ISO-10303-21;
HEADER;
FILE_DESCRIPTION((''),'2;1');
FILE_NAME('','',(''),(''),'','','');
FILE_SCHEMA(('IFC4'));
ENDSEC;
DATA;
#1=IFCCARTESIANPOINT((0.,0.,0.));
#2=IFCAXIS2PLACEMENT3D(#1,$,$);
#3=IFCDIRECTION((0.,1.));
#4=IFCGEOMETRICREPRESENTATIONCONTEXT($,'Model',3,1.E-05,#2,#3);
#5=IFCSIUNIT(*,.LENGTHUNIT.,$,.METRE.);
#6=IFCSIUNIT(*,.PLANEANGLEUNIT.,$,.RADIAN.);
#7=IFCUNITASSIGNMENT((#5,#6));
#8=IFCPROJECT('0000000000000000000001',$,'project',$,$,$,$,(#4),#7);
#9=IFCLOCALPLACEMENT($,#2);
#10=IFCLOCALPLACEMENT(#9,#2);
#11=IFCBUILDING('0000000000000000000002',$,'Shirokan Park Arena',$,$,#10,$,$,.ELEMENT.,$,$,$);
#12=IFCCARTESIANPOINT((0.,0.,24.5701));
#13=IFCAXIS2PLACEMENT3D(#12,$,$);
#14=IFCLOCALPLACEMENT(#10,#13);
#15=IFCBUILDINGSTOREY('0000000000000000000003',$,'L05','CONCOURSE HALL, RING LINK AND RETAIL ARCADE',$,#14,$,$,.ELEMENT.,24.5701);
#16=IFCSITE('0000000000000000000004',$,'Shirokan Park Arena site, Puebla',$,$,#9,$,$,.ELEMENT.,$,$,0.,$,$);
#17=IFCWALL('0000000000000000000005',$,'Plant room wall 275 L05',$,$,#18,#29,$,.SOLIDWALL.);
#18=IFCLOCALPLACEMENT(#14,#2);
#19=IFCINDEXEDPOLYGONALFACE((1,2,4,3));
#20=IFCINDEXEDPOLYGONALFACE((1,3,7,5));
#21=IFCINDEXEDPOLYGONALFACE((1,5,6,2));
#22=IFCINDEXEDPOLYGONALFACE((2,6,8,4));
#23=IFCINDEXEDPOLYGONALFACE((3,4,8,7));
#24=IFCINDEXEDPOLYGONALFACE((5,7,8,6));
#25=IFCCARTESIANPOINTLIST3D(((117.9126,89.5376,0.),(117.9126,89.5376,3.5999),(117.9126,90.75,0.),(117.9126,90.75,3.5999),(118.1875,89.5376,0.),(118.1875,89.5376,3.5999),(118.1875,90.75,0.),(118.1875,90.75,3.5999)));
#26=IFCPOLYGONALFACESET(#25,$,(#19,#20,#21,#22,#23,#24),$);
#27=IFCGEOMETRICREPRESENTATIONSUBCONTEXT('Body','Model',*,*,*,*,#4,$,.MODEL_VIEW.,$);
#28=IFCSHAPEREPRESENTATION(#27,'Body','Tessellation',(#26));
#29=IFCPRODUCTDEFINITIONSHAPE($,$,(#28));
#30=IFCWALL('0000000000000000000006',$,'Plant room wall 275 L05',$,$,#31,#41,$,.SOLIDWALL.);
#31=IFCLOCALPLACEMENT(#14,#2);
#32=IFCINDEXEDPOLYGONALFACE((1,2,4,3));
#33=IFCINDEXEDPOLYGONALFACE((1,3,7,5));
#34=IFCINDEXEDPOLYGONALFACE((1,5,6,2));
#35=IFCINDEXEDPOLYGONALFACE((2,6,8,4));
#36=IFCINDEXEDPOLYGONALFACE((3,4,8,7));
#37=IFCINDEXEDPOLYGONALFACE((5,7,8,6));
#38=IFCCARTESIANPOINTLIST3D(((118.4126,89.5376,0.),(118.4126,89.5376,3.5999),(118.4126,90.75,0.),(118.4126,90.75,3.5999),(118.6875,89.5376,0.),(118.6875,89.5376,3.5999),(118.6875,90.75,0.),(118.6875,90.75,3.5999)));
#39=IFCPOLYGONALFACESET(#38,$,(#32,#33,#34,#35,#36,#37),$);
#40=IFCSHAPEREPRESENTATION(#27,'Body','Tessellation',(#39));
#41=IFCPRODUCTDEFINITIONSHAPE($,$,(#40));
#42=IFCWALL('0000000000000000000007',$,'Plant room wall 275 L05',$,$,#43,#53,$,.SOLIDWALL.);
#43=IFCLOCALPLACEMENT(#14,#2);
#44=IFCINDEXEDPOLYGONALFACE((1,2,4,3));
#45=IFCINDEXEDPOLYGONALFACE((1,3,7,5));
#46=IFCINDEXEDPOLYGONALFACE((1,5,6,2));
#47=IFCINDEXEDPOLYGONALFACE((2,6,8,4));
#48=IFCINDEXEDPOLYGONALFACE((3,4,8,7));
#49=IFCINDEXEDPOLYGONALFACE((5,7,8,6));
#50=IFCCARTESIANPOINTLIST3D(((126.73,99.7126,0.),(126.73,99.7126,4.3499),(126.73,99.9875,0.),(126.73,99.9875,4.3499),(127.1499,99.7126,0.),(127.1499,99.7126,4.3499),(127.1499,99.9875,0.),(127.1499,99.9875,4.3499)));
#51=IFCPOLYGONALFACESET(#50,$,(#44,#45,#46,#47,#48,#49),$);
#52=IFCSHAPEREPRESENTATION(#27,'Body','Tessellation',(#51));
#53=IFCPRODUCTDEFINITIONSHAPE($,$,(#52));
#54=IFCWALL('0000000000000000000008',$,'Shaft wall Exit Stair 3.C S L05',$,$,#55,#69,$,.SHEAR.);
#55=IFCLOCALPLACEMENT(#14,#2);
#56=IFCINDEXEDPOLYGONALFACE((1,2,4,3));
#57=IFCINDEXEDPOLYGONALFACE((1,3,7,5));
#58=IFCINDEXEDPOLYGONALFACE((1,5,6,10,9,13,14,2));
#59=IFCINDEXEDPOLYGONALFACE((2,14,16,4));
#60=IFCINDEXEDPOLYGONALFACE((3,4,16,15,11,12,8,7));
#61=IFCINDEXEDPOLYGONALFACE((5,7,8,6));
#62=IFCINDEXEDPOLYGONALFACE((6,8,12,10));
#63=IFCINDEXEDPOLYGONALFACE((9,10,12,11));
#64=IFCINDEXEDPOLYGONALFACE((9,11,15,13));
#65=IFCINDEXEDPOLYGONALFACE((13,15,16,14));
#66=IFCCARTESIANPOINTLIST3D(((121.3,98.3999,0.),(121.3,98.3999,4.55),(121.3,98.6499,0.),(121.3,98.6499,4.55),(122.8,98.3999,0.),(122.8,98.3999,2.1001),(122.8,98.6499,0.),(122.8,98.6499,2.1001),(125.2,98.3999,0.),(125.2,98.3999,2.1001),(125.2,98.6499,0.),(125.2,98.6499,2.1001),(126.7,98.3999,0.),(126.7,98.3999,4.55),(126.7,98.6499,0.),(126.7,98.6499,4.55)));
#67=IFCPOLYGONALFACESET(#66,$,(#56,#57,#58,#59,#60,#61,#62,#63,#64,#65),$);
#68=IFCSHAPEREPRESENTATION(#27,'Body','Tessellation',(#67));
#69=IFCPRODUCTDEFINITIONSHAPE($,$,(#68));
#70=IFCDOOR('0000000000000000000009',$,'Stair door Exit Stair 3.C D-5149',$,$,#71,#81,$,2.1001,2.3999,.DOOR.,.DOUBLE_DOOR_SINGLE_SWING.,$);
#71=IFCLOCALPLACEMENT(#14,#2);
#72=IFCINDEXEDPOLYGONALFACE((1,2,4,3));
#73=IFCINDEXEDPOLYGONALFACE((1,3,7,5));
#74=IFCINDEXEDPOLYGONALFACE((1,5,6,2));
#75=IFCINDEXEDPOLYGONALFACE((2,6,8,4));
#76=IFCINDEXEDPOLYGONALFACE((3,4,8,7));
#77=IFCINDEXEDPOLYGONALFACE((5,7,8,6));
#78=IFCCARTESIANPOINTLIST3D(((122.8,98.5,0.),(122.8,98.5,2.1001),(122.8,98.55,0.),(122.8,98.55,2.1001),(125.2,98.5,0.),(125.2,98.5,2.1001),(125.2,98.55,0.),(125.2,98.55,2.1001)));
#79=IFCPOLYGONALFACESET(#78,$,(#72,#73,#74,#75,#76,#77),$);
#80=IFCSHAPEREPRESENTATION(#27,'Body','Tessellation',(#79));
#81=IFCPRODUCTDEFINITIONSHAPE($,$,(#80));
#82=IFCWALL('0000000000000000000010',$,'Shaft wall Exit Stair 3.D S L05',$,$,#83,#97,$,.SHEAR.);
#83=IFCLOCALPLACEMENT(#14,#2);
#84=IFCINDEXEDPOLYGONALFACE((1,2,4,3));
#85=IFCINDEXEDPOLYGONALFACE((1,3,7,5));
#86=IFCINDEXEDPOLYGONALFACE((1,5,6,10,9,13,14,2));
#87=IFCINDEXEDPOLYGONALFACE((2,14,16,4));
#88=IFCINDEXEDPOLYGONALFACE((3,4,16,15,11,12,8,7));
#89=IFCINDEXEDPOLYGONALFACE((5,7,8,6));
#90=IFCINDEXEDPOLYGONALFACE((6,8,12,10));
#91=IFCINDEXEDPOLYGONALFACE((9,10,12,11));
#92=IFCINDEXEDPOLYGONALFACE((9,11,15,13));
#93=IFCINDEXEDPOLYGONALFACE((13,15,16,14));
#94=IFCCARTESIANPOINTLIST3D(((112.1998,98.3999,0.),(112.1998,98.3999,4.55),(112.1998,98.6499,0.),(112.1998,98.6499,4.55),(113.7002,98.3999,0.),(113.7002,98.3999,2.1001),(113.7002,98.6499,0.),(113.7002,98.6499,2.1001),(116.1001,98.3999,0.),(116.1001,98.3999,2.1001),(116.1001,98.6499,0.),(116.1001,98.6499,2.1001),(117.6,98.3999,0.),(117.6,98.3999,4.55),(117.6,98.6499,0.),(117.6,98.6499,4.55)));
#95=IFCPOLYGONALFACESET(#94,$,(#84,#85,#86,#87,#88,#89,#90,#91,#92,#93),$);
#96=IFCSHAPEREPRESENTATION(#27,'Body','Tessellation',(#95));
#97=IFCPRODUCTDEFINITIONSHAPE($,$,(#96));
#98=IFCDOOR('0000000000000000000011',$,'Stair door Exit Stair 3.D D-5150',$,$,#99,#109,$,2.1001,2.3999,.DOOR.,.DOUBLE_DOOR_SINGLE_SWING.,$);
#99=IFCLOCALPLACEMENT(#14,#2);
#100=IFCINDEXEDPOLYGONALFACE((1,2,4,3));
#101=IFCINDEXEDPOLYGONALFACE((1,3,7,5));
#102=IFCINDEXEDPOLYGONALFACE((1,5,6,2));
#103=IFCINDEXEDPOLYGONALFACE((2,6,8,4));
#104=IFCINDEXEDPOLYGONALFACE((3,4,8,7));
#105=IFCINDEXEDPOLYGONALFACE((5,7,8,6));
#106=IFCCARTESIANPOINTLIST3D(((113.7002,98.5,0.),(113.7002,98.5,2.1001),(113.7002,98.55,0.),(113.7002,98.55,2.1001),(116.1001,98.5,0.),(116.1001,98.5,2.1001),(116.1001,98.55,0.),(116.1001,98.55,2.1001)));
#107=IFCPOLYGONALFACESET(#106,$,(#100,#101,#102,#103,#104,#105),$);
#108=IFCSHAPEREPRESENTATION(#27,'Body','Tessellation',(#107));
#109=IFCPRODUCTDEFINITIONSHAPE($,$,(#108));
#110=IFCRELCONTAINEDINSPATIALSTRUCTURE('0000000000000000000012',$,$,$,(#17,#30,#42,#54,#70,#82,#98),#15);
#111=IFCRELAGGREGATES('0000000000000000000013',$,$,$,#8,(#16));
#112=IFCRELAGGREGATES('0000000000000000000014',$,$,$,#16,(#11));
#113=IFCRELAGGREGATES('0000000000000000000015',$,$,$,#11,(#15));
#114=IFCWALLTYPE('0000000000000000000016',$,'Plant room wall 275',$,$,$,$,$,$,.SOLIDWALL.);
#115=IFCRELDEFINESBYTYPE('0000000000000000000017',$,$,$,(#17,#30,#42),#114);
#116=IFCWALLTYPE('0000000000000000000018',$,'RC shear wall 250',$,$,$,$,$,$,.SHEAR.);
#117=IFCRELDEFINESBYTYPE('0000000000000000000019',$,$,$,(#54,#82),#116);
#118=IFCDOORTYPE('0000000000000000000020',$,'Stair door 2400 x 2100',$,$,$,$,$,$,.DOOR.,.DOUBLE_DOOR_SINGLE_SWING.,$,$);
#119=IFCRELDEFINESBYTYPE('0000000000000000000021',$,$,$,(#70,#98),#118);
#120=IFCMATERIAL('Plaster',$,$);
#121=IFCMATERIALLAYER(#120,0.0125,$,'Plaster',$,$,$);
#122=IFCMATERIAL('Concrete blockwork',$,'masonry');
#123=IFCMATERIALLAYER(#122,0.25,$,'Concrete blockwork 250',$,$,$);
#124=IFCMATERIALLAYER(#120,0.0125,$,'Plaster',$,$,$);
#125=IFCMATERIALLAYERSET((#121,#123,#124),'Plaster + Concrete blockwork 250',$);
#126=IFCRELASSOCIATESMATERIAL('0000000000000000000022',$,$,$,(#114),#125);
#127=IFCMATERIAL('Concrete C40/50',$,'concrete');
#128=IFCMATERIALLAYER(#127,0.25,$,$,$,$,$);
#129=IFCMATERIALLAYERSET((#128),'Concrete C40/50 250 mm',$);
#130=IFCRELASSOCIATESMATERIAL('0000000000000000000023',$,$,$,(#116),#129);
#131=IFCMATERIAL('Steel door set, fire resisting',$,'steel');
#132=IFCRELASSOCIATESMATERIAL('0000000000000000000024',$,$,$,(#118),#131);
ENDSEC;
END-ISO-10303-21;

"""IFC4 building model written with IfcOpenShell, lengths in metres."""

from ifc_helpers import new_model, si_unit, direction, frame, frame_2d, origin, place, context, subcontext, project, spatial, rectangle, extrude, material, layer, layer_set, type_object, element, fill, save


model = new_model("IFC4")

# Units and contexts
model_context = context("Model", 3, precision=1e-05, world=origin(), true_north=direction((0.0, 1.0)))
body_context = subcontext(model_context, "Body", "Model", "MODEL_VIEW")
ifc_project = project(units=[si_unit("LENGTHUNIT", "METRE"), si_unit("PLANEANGLEUNIT", "RADIAN")], contexts=[model_context])

# Site, building, storey
site_placement = place(None, origin())
site = spatial("IfcSite", under=ifc_project, at=site_placement, Name="Shirokan Park Arena site, Puebla", CompositionType="ELEMENT", RefElevation=0.0)
building_placement = place(site_placement, origin())
building = spatial("IfcBuilding", under=site, at=building_placement, Name="Shirokan Park Arena", CompositionType="ELEMENT")
storey_placement = place(building_placement, frame((0.0, 0.0, 24.5701)))
storey = spatial("IfcBuildingStorey", under=building, at=storey_placement, Name="L05", Description="CONCOURSE HALL, RING LINK AND RETAIL ARCADE", CompositionType="ELEMENT", Elevation=24.5701)

# Shared definitions
ifc_material_1 = material(Name="Plaster")
ifc_material_2 = material(Name="Concrete blockwork", Category="masonry")

# Walls
ifc_layer_1 = layer(ifc_material_1, 0.0125, Name="Plaster")
ifc_layer_2 = layer(ifc_material_2, 0.25, Name="Concrete blockwork 250")
ifc_layer_3 = layer(ifc_material_1, 0.0125, Name="Plaster")
ifc_layer_set_1 = layer_set([ifc_layer_1, ifc_layer_2, ifc_layer_3], Name="Plaster + Concrete blockwork 250")
wall_type_1 = type_object("IfcWallType", Name="Plant room wall 275", PredefinedType="SOLIDWALL", material=ifc_layer_set_1)
for number, where, z_axis, x_axis, name in (
    (1, (118.05, 90.75, 0.0), (0.0, 0.0, 1.0), (0.0, -1.0, 0.0), "Plant room wall 275 L05"),
    (2, (118.55, 89.5376, 0.0), (0.0, 0.0, 1.0), (0.0, 1.0, 0.0), "Plant room wall 275 L05"),
):
    element("IfcWall", number, at=place(storey_placement, frame(where, z_axis=z_axis, x_axis=x_axis)), inside=storey, type_object=wall_type_1, Name=name, PredefinedType="SOLIDWALL", context=body_context, shape_type="SweptSolid", body=[
        extrude(rectangle(XDim=1.2124, YDim=0.2749, at=frame_2d((0.6062, 0.0))), origin(), (0.0, 0.0, 1.0), 3.5999),
    ])

# Wall
wall_1_placement = place(storey_placement, frame((126.73, 99.8501, 0.0), z_axis=(0.0, 0.0, 1.0), x_axis=(1.0, 0.0, 0.0)))
element("IfcWall", 3, at=wall_1_placement, inside=storey, type_object=wall_type_1, Name="Plant room wall 275 L05", PredefinedType="SOLIDWALL", context=body_context, shape_type="SweptSolid", body=[
    extrude(rectangle(XDim=0.4199, YDim=0.2749, at=frame_2d((0.21, 0.0))), origin(), (0.0, 0.0, 1.0), 4.3499),
])

# Walls, openings, doors
ifc_material_3 = material(Name="Concrete C40/50", Category="concrete")
ifc_layer_4 = layer(ifc_material_3, 0.25)
ifc_layer_set_2 = layer_set([ifc_layer_4], Name="Concrete C40/50 250 mm")
wall_type_2 = type_object("IfcWallType", Name="RC shear wall 250", PredefinedType="SHEAR", material=ifc_layer_set_2)
wall_2_placement = place(storey_placement, frame((126.7, 98.5249, 0.0), z_axis=(0.0, 0.0, 1.0), x_axis=(-1.0, 0.0, 0.0)))
wall_2 = element("IfcWall", 4, at=wall_2_placement, inside=storey, type_object=wall_type_2, Name="Shaft wall Exit Stair 3.C S L05", PredefinedType="SHEAR", context=body_context, shape_type="SweptSolid", body=[
    extrude(rectangle(XDim=5.3999, YDim=0.25, at=frame_2d((2.7, 0.0))), origin(), (0.0, 0.0, 1.0), 4.55),
])
opening_1_placement = place(wall_2_placement, frame((1.5, 0.0, 0.0)))
opening_1 = element("IfcOpeningElement", 5, at=opening_1_placement, cuts=wall_2, PredefinedType="OPENING", context=body_context, shape_type="SweptSolid", body=[
    extrude(rectangle(XDim=2.3999, YDim=2.1001, at=frame_2d((1.2, 1.05))), frame((0.0, 0.135, 0.0), z_axis=(0.0, -1.0, 0.0), x_axis=(1.0, 0.0, 0.0)), (0.0, 0.0, 1.0), 0.27),
])
ifc_material_4 = material(Name="Steel door set, fire resisting", Category="steel")
door_type_1 = type_object("IfcDoorType", Name="Stair door 2400 x 2100", OperationType="DOUBLE_DOOR_SINGLE_SWING", PredefinedType="DOOR", material=ifc_material_4)
door_1_placement = place(opening_1_placement, origin())
door_1 = element("IfcDoor", 6, at=door_1_placement, inside=storey, type_object=door_type_1, Name="Stair door Exit Stair 3.C D-5149", OperationType="DOUBLE_DOOR_SINGLE_SWING", OverallHeight=2.1001, OverallWidth=2.3999, PredefinedType="DOOR", context=body_context, shape_type="SweptSolid", body=[
    extrude(rectangle(XDim=2.3999, YDim=2.1001, at=frame_2d((1.2, 1.05))), frame((0.0, 0.0249, 0.0), z_axis=(0.0, -1.0, 0.0), x_axis=(1.0, 0.0, 0.0)), (0.0, 0.0, 1.0), 0.05),
])
fill(opening_1, door_1)
wall_3_placement = place(storey_placement, frame((117.6001, 98.5249, 0.0), z_axis=(0.0, 0.0, 1.0), x_axis=(-1.0, 0.0, 0.0)))
wall_3 = element("IfcWall", 7, at=wall_3_placement, inside=storey, type_object=wall_type_2, Name="Shaft wall Exit Stair 3.D S L05", PredefinedType="SHEAR", context=body_context, shape_type="SweptSolid", body=[
    extrude(rectangle(XDim=5.4001, YDim=0.25, at=frame_2d((2.7002, 0.0))), origin(), (0.0, 0.0, 1.0), 4.55),
])
opening_2_placement = place(wall_3_placement, frame((1.5, 0.0, 0.0)))
opening_2 = element("IfcOpeningElement", 8, at=opening_2_placement, cuts=wall_3, PredefinedType="OPENING", context=body_context, shape_type="SweptSolid", body=[
    extrude(rectangle(XDim=2.3999, YDim=2.1001, at=frame_2d((1.2, 1.05))), frame((0.0, 0.135, 0.0), z_axis=(0.0, -1.0, 0.0), x_axis=(1.0, 0.0, 0.0)), (0.0, 0.0, 1.0), 0.27),
])
door_2_placement = place(opening_2_placement, origin())
door_2 = element("IfcDoor", 9, at=door_2_placement, inside=storey, type_object=door_type_1, Name="Stair door Exit Stair 3.D D-5150", OperationType="DOUBLE_DOOR_SINGLE_SWING", OverallHeight=2.1001, OverallWidth=2.3999, PredefinedType="DOOR", context=body_context, shape_type="SweptSolid", body=[
    extrude(rectangle(XDim=2.3999, YDim=2.1001, at=frame_2d((1.2, 1.05))), frame((0.0, 0.0249, 0.0), z_axis=(0.0, -1.0, 0.0), x_axis=(1.0, 0.0, 0.0)), (0.0, 0.0, 1.0), 0.05),
])
fill(opening_2, door_2)

save(model, "model.ifc")
